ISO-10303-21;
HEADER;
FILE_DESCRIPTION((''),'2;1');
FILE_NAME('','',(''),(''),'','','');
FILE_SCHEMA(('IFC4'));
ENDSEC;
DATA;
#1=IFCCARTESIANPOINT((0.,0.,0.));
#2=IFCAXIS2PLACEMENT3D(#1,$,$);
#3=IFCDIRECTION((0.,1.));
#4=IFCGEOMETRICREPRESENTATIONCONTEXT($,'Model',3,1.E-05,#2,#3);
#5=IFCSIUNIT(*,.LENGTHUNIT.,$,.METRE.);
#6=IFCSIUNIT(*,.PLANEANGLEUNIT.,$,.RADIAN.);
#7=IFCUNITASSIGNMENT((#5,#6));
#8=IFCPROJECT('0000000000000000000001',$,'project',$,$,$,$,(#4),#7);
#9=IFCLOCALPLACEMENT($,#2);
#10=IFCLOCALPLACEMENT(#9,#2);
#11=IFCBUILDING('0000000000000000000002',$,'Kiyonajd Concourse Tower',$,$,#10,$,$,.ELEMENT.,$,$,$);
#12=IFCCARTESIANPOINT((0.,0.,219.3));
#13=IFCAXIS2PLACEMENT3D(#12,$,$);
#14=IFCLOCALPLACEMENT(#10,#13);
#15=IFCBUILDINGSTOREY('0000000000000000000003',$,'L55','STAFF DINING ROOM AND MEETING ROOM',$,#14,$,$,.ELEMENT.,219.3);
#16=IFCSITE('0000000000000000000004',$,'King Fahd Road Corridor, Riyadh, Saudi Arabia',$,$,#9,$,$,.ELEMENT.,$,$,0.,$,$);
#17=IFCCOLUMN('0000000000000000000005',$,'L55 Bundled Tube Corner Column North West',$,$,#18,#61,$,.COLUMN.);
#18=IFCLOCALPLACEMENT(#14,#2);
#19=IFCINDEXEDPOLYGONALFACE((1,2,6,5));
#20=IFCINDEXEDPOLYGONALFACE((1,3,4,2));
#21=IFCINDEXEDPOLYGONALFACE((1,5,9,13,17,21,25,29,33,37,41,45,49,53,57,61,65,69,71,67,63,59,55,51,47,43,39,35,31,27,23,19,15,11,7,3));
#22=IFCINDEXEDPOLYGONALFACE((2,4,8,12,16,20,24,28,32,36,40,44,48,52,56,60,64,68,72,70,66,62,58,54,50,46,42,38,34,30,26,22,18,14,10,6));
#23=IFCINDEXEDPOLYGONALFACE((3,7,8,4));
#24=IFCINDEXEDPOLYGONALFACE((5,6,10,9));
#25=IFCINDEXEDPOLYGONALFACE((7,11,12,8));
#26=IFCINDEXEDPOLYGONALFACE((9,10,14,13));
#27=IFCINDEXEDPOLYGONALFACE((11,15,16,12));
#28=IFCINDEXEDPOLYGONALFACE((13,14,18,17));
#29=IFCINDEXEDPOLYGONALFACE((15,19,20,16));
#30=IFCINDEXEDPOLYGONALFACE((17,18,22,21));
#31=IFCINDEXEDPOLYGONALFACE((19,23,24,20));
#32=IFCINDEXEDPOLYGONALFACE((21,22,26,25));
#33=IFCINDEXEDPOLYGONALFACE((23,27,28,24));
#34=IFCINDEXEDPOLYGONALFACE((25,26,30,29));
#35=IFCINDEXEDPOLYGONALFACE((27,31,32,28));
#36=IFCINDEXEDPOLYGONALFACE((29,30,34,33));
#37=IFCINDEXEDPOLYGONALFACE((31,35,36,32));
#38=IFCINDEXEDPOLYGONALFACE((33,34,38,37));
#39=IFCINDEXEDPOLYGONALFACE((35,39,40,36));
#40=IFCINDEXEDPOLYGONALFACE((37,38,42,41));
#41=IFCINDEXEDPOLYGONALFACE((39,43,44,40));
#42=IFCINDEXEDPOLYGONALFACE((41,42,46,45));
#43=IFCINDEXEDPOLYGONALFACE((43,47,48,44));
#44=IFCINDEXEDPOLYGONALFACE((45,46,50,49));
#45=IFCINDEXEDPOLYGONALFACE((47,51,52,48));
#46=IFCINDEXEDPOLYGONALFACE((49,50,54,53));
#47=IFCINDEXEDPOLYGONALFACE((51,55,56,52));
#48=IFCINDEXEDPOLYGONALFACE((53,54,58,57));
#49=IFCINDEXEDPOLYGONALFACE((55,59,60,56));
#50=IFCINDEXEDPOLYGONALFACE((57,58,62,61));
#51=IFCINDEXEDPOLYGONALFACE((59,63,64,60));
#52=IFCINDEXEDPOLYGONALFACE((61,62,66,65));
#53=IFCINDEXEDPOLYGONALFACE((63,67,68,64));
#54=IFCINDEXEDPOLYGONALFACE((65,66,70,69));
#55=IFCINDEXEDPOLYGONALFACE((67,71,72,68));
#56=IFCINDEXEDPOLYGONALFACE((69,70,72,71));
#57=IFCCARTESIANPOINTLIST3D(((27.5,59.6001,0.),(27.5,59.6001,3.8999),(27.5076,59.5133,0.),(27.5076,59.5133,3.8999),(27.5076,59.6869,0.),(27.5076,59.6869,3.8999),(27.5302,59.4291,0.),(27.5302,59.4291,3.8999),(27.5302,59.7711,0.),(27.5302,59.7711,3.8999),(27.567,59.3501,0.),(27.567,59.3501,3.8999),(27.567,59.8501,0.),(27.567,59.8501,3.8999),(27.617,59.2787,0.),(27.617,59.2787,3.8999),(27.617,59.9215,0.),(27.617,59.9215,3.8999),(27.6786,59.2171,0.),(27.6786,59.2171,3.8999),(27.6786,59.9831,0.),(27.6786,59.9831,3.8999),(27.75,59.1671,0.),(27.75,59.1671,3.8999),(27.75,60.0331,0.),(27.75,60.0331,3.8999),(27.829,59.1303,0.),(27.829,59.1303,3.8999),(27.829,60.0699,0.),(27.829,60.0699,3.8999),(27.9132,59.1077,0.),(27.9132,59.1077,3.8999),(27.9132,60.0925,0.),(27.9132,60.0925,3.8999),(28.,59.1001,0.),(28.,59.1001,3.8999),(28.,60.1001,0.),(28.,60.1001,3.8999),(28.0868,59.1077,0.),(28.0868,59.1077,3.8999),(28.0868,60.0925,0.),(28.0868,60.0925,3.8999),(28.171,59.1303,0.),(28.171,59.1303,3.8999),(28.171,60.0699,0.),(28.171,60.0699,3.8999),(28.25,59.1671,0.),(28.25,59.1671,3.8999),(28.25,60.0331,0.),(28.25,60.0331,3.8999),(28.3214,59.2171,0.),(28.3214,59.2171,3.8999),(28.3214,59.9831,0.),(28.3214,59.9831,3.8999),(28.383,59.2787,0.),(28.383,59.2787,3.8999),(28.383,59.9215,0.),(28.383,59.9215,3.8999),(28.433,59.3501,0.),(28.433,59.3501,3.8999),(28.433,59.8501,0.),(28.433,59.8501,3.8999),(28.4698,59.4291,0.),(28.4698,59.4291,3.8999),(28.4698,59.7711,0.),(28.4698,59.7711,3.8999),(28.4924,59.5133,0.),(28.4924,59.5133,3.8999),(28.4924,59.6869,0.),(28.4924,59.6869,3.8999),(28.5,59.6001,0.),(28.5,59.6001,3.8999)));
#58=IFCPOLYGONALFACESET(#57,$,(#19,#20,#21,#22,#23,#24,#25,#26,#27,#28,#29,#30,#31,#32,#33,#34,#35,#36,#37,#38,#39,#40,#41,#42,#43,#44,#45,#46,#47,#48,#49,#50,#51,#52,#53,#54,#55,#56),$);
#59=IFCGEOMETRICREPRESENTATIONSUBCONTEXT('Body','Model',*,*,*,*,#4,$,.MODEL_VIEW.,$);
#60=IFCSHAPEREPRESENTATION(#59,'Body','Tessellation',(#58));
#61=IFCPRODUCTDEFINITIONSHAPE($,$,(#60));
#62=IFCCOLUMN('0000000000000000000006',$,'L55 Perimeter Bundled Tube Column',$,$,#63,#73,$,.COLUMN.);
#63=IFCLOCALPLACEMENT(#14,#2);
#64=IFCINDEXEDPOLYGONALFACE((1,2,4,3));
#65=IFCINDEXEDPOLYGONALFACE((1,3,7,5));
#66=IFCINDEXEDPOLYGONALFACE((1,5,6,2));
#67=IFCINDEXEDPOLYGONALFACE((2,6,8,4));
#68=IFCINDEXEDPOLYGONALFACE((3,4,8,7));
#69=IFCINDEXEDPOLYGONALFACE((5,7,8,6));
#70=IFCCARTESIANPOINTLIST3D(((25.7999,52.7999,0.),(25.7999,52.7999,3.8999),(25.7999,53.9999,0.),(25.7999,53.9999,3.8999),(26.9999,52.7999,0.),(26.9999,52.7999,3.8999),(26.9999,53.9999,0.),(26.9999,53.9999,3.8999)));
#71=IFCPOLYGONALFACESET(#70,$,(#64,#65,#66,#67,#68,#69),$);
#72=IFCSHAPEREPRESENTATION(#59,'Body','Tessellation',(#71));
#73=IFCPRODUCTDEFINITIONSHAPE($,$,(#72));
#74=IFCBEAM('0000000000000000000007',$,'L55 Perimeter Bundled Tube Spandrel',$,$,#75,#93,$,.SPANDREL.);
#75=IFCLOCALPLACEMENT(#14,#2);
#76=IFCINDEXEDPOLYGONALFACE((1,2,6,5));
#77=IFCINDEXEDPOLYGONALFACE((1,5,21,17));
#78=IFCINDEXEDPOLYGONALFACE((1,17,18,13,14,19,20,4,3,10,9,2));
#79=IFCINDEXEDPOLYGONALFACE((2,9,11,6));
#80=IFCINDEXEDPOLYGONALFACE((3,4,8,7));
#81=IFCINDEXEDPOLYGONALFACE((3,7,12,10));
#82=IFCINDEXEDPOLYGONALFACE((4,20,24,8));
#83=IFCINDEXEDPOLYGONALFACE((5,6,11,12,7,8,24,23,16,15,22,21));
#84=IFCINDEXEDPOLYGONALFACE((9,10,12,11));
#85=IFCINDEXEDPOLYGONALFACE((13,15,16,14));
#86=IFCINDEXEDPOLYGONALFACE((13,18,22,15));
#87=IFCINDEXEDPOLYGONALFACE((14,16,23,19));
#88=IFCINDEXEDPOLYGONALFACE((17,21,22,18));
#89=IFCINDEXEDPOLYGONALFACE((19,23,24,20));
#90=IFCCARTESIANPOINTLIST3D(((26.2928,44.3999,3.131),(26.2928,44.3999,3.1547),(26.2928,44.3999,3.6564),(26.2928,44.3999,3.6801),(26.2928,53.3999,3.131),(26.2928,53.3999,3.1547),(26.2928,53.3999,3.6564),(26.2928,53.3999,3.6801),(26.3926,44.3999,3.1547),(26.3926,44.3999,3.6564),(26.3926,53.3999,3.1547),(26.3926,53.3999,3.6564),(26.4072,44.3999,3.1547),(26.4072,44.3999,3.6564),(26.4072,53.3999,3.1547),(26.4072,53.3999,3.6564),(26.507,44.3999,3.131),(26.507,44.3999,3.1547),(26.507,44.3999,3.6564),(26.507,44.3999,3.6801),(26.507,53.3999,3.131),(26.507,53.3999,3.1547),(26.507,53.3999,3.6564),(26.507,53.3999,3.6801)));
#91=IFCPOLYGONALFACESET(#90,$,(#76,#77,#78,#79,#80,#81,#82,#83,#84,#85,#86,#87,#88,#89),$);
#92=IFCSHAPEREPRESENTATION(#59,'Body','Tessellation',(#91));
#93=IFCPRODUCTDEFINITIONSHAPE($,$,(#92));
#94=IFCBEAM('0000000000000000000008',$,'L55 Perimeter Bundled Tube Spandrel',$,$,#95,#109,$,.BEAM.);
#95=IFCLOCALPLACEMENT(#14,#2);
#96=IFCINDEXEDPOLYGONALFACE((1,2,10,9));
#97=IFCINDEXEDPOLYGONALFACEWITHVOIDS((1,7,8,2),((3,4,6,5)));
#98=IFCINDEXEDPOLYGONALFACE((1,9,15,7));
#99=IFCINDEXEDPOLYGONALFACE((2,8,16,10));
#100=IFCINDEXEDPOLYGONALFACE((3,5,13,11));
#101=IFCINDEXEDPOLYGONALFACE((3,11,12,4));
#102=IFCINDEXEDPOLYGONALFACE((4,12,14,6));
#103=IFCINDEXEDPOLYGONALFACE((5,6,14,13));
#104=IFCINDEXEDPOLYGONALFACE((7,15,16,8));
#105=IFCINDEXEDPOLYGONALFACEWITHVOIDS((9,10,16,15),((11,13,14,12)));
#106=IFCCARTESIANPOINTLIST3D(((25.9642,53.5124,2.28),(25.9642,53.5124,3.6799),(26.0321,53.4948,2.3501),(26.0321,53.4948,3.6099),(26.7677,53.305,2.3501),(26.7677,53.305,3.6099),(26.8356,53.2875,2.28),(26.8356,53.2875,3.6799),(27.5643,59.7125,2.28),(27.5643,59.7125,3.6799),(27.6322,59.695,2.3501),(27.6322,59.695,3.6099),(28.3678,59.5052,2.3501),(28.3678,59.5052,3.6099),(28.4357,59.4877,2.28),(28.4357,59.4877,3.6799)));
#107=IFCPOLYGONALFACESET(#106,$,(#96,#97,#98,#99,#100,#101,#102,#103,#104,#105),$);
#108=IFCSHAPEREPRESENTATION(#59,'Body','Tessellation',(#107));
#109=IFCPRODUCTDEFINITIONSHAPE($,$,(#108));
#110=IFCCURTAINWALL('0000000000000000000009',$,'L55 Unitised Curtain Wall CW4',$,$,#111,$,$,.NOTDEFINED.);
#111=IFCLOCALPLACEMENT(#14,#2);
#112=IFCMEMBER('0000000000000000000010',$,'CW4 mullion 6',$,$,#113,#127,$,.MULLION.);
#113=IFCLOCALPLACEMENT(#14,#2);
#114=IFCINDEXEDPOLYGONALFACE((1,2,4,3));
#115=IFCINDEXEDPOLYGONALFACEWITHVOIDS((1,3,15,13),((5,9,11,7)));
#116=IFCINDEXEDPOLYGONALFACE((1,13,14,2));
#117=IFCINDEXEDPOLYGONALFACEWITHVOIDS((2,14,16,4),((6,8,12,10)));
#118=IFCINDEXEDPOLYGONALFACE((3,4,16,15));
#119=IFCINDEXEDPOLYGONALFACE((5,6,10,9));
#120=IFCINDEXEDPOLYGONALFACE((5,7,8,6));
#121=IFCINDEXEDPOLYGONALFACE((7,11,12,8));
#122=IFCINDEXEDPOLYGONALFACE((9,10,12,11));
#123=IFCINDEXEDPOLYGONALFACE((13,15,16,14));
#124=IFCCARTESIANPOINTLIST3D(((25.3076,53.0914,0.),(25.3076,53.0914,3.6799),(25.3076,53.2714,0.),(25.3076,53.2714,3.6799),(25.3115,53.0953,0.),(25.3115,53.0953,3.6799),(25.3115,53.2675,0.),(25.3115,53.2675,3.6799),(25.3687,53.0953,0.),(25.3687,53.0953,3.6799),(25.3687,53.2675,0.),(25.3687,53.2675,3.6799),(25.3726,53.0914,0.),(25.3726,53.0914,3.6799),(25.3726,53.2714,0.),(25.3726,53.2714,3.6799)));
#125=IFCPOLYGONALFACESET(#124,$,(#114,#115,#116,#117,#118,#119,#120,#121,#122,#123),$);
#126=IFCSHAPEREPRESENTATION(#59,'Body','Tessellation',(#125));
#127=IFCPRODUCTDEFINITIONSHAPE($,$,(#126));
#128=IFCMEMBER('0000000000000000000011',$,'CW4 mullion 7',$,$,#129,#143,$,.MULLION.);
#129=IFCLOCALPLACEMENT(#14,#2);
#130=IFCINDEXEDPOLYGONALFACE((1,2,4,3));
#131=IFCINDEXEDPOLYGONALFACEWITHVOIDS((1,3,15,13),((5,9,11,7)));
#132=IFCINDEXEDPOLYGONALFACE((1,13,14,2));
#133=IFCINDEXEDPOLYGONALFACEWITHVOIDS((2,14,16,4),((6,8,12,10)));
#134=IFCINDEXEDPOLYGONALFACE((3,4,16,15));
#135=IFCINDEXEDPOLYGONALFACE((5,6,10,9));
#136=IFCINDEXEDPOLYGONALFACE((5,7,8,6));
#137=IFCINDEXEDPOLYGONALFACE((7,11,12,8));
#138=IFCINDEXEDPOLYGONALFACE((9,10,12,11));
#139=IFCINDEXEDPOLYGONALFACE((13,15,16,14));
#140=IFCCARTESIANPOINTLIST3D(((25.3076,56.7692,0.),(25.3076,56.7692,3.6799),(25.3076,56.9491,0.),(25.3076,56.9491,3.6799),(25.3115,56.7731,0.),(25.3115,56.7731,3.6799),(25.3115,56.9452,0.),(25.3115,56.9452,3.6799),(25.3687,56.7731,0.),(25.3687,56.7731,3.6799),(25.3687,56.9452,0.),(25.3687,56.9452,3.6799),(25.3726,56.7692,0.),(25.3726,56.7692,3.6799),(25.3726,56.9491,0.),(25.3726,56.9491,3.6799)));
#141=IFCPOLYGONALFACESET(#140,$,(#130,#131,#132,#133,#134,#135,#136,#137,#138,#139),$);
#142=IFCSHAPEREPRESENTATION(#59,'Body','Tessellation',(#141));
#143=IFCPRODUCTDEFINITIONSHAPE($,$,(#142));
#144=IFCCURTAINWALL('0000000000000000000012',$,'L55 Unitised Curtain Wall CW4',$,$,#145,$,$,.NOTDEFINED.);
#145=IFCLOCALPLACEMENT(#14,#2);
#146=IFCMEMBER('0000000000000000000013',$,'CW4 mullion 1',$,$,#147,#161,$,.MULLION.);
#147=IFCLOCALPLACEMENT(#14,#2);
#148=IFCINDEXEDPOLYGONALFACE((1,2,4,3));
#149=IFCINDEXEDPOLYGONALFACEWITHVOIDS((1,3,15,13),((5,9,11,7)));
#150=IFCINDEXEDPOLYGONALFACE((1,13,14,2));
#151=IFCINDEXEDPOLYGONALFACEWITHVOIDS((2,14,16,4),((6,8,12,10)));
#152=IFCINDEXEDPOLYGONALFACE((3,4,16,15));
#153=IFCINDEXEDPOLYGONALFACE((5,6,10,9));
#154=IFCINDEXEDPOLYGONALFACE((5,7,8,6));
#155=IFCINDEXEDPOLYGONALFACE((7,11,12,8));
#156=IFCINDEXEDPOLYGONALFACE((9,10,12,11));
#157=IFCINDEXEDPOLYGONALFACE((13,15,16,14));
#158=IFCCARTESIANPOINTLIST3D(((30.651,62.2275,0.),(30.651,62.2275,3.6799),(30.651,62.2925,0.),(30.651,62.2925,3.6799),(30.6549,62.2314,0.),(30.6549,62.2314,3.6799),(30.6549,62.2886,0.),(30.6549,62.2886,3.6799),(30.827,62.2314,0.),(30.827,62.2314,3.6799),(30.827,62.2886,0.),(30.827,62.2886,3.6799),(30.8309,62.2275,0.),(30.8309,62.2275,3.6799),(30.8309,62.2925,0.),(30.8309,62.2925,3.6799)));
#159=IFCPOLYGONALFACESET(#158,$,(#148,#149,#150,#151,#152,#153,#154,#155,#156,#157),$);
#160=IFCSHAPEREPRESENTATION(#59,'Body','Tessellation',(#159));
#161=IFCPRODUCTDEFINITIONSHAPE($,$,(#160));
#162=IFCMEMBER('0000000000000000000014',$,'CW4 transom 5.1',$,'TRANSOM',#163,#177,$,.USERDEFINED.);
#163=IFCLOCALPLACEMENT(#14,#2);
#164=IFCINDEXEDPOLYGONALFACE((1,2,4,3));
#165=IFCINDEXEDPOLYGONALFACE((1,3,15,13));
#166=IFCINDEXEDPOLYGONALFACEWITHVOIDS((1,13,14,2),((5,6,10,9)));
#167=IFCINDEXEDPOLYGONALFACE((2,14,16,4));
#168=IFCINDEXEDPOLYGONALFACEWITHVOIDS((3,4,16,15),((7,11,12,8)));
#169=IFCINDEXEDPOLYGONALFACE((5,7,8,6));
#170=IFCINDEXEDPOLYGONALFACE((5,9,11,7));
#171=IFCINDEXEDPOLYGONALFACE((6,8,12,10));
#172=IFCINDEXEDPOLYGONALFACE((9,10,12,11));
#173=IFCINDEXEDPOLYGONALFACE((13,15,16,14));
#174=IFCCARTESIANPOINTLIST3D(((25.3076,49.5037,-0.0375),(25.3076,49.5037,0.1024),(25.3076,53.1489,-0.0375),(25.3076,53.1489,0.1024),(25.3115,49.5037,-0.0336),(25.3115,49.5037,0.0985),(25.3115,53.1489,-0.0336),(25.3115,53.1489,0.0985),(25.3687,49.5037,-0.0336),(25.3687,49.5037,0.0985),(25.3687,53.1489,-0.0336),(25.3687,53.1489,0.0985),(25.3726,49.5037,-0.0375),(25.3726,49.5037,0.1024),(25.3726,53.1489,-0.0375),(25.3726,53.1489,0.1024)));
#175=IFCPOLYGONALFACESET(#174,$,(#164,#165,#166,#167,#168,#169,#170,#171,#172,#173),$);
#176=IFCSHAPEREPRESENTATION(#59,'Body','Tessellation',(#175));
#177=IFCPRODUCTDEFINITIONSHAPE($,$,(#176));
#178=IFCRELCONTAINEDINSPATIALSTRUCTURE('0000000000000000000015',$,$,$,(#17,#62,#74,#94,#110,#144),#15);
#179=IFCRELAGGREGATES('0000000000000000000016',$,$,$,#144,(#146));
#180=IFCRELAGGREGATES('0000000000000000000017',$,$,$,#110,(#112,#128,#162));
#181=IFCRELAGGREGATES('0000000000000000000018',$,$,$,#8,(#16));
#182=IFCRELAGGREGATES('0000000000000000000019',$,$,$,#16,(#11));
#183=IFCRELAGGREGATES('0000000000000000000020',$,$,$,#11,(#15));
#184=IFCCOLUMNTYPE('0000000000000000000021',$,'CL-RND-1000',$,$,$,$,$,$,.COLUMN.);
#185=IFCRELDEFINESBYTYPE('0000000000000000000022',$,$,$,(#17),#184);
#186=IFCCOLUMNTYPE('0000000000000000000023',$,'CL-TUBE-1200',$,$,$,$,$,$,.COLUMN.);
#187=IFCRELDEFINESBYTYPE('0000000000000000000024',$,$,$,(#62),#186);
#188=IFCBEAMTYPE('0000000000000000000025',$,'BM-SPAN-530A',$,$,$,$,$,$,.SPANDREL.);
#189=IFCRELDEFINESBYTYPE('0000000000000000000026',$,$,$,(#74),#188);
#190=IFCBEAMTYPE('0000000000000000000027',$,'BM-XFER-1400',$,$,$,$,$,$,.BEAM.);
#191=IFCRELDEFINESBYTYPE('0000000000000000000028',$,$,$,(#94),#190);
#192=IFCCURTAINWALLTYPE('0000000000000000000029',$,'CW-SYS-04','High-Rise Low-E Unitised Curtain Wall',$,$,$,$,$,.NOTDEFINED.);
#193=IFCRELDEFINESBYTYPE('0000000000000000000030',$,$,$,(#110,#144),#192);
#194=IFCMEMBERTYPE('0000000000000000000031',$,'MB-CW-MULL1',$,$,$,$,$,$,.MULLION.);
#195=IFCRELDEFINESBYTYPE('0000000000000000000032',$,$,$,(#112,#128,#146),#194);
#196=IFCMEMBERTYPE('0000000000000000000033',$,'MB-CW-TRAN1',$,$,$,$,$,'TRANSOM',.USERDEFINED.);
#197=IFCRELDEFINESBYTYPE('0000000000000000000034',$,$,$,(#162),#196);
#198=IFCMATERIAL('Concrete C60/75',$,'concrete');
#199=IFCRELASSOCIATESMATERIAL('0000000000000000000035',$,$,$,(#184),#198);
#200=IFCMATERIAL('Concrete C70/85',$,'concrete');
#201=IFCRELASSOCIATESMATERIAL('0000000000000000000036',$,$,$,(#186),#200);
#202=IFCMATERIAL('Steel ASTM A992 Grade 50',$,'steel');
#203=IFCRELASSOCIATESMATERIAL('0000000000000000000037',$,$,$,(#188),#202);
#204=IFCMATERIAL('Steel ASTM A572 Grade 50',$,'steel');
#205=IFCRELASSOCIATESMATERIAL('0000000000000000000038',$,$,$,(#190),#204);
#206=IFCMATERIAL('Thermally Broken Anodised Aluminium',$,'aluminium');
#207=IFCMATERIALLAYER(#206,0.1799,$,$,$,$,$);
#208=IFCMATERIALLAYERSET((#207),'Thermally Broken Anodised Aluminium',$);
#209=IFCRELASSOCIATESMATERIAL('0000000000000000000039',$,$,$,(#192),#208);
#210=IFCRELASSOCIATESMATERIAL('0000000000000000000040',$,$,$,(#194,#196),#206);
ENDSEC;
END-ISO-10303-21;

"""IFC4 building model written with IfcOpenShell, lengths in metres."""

from ifc_helpers import new_model, si_unit, direction, frame, origin, origin_2d, place, context, subcontext, project, spatial, rectangle, hollow_rectangle, circle, i_section, extrude, material, layer, layer_set, material_profile, profile_set, type_object, element, aggregate, save


model = new_model("IFC4")

# Units and contexts
model_context = context("Model", 3, precision=1e-05, world=origin(), true_north=direction((0.0, 1.0)))
body_context = subcontext(model_context, "Body", "Model", "MODEL_VIEW")
ifc_project = project(units=[si_unit("LENGTHUNIT", "METRE"), si_unit("PLANEANGLEUNIT", "RADIAN")], contexts=[model_context])

# Site, building, storey
site_placement = place(None, origin())
site = spatial("IfcSite", under=ifc_project, at=site_placement, Name="King Fahd Road Corridor, Riyadh, Saudi Arabia", CompositionType="ELEMENT", RefElevation=0.0)
building_placement = place(site_placement, origin())
building = spatial("IfcBuilding", under=site, at=building_placement, Name="Kiyonajd Concourse Tower", CompositionType="ELEMENT")
storey_placement = place(building_placement, frame((0.0, 0.0, 219.3)))
storey = spatial("IfcBuildingStorey", under=building, at=storey_placement, Name="L55", Description="STAFF DINING ROOM AND MEETING ROOM", CompositionType="ELEMENT", Elevation=219.3)

# Columns
ifc_material_1 = material(Name="Concrete C60/75", Category="concrete")
ifc_material_profile_1 = material_profile(ifc_material_1, circle(Radius=0.5, at=origin_2d()), Name="RCC-D1000")
ifc_profile_set_1 = profile_set([ifc_material_profile_1], Name="Concrete C60/75")
column_type_1 = type_object("IfcColumnType", Name="CL-RND-1000", PredefinedType="COLUMN", material=ifc_profile_set_1)
column_1_placement = place(storey_placement, frame((28.0, 59.6001, 0.0), z_axis=(0.0, 0.0, 1.0), x_axis=(1.0, 0.0, 0.0)))
element("IfcColumn", 1, at=column_1_placement, inside=storey, type_object=column_type_1, Name="L55 Bundled Tube Corner Column North West", PredefinedType="COLUMN", context=body_context, shape_type="SweptSolid", body=[
    extrude(circle(Radius=0.5, at=origin_2d()), origin(), (0.0, 0.0, 1.0), 3.8999),
])
ifc_material_2 = material(Name="Concrete C70/85", Category="concrete")
ifc_material_profile_2 = material_profile(ifc_material_2, rectangle(XDim=1.2, YDim=1.2, at=origin_2d()), Name="RC-1200x1200")
ifc_profile_set_2 = profile_set([ifc_material_profile_2], Name="Concrete C70/85")
column_type_2 = type_object("IfcColumnType", Name="CL-TUBE-1200", PredefinedType="COLUMN", material=ifc_profile_set_2)
column_2_placement = place(storey_placement, frame((26.3999, 53.3999, 0.0), z_axis=(0.0, 0.0, 1.0), x_axis=(1.0, 0.0, 0.0)))
element("IfcColumn", 2, at=column_2_placement, inside=storey, type_object=column_type_2, Name="L55 Perimeter Bundled Tube Column", PredefinedType="COLUMN", context=body_context, shape_type="SweptSolid", body=[
    extrude(rectangle(XDim=1.2, YDim=1.2, at=origin_2d()), origin(), (0.0, 0.0, 1.0), 3.8999),
])

# Beams
ifc_material_3 = material(Name="Steel ASTM A992 Grade 50", Category="steel")
ifc_material_profile_3 = material_profile(ifc_material_3, i_section(OverallWidth=0.2141, OverallDepth=0.5491, WebThickness=0.0146, FlangeThickness=0.0237, at=origin_2d()), Name="W530X138")
ifc_profile_set_3 = profile_set([ifc_material_profile_3], Name="Steel ASTM A992 Grade 50")
beam_type_1 = type_object("IfcBeamType", Name="BM-SPAN-530A", PredefinedType="SPANDREL", material=ifc_profile_set_3)
beam_1_placement = place(storey_placement, frame((26.3999, 53.3999, 3.4055), z_axis=(0.0, -1.0, 0.0), x_axis=(1.0, 0.0, 0.0)))
element("IfcBeam", 3, at=beam_1_placement, inside=storey, type_object=beam_type_1, Name="L55 Perimeter Bundled Tube Spandrel", PredefinedType="SPANDREL", context=body_context, shape_type="SweptSolid", body=[
    extrude(i_section(OverallWidth=0.2141, OverallDepth=0.5491, WebThickness=0.0146, FlangeThickness=0.0237, at=origin_2d()), origin(), (0.0, 0.0, 1.0), 9.0),
])
ifc_material_4 = material(Name="Steel ASTM A572 Grade 50", Category="steel")
ifc_material_profile_4 = material_profile(ifc_material_4, hollow_rectangle(XDim=0.8999, YDim=1.3999, WallThickness=0.0701, at=origin_2d()), Name="BOX-1400x900x70")
ifc_profile_set_4 = profile_set([ifc_material_profile_4], Name="Steel ASTM A572 Grade 50")
beam_type_2 = type_object("IfcBeamType", Name="BM-XFER-1400", PredefinedType="BEAM", material=ifc_profile_set_4)
beam_2_placement = place(storey_placement, frame((28.0, 59.6001, 2.98), z_axis=(-0.249885, -0.968276, 0.0), x_axis=(0.968276, -0.249885, 0.0)))
element("IfcBeam", 4, at=beam_2_placement, inside=storey, type_object=beam_type_2, Name="L55 Perimeter Bundled Tube Spandrel", PredefinedType="BEAM", context=body_context, shape_type="SweptSolid", body=[
    extrude(hollow_rectangle(XDim=0.8999, YDim=1.3999, WallThickness=0.0701, at=origin_2d()), origin(), (0.0, 0.0, 1.0), 6.4033),
])

# Curtain wall, members
ifc_material_5 = material(Name="Thermally Broken Anodised Aluminium", Category="aluminium")
ifc_layer_1 = layer(ifc_material_5, 0.1799)
ifc_layer_set_1 = layer_set([ifc_layer_1], Name="Thermally Broken Anodised Aluminium")
curtain_wall_type = type_object("IfcCurtainWallType", Name="CW-SYS-04", Description="High-Rise Low-E Unitised Curtain Wall", PredefinedType="NOTDEFINED", material=ifc_layer_set_1)
curtain_wall_1_placement = place(storey_placement, origin())
curtain_wall_1 = element("IfcCurtainWall", 5, at=curtain_wall_1_placement, inside=storey, type_object=curtain_wall_type, Name="L55 Unitised Curtain Wall CW4", PredefinedType="NOTDEFINED")
ifc_material_profile_5 = material_profile(ifc_material_5, hollow_rectangle(XDim=0.0649, YDim=0.1799, WallThickness=0.0039, at=origin_2d()), Name="MULL-65x180")
ifc_profile_set_5 = profile_set([ifc_material_profile_5], Name="Thermally Broken Anodised Aluminium")
member_type_1 = type_object("IfcMemberType", Name="MB-CW-MULL1", PredefinedType="MULLION", material=ifc_profile_set_5)
member_1_placement = place(storey_placement, frame((25.3401, 53.1814, 0.0), z_axis=(0.0, 0.0, 1.0), x_axis=(-1.0, 0.0, 0.0)))
member_1 = element("IfcMember", 6, at=member_1_placement, type_object=member_type_1, Name="CW4 mullion 6", PredefinedType="MULLION", context=body_context, shape_type="SweptSolid", body=[
    extrude(hollow_rectangle(XDim=0.0649, YDim=0.1799, WallThickness=0.0039, at=origin_2d()), origin(), (0.0, 0.0, 1.0), 3.6799),
])
member_2_placement = place(storey_placement, frame((25.3401, 56.8591, 0.0), z_axis=(0.0, 0.0, 1.0), x_axis=(-1.0, 0.0, 0.0)))
member_2 = element("IfcMember", 7, at=member_2_placement, type_object=member_type_1, Name="CW4 mullion 7", PredefinedType="MULLION", context=body_context, shape_type="SweptSolid", body=[
    extrude(hollow_rectangle(XDim=0.0649, YDim=0.1799, WallThickness=0.0039, at=origin_2d()), origin(), (0.0, 0.0, 1.0), 3.6799),
])

# Curtain wall, member
curtain_wall_2_placement = place(storey_placement, origin())
curtain_wall_2 = element("IfcCurtainWall", 8, at=curtain_wall_2_placement, inside=storey, type_object=curtain_wall_type, Name="L55 Unitised Curtain Wall CW4", PredefinedType="NOTDEFINED")
member_3_placement = place(storey_placement, frame((30.741, 62.26, 0.0), z_axis=(0.0, 0.0, 1.0), x_axis=(0.0, 1.0, 0.0)))
member_3 = element("IfcMember", 9, at=member_3_placement, type_object=member_type_1, Name="CW4 mullion 1", PredefinedType="MULLION", context=body_context, shape_type="SweptSolid", body=[
    extrude(hollow_rectangle(XDim=0.0649, YDim=0.1799, WallThickness=0.0039, at=origin_2d()), origin(), (0.0, 0.0, 1.0), 3.6799),
])

# Member
ifc_material_profile_6 = material_profile(ifc_material_5, hollow_rectangle(XDim=0.0649, YDim=0.1399, WallThickness=0.0039, at=origin_2d()), Name="TRAN-65x140")
ifc_profile_set_6 = profile_set([ifc_material_profile_6], Name="Thermally Broken Anodised Aluminium")
member_type_2 = type_object("IfcMemberType", Name="MB-CW-TRAN1", ElementType="TRANSOM", PredefinedType="USERDEFINED", material=ifc_profile_set_6)
member_4_placement = place(storey_placement, frame((25.3401, 49.5037, 0.0325), z_axis=(0.0, 1.0, 0.0), x_axis=(-1.0, 0.0, 0.0)))
member_4 = element("IfcMember", 10, at=member_4_placement, type_object=member_type_2, Name="CW4 transom 5.1", ObjectType="TRANSOM", PredefinedType="USERDEFINED", context=body_context, shape_type="SweptSolid", body=[
    extrude(hollow_rectangle(XDim=0.0649, YDim=0.1399, WallThickness=0.0039, at=origin_2d()), origin(), (0.0, 0.0, 1.0), 3.6453),
])
aggregate(curtain_wall_2, [member_3])

aggregate(curtain_wall_1, [member_1, member_2, member_4])

save(model, "model.ifc")
